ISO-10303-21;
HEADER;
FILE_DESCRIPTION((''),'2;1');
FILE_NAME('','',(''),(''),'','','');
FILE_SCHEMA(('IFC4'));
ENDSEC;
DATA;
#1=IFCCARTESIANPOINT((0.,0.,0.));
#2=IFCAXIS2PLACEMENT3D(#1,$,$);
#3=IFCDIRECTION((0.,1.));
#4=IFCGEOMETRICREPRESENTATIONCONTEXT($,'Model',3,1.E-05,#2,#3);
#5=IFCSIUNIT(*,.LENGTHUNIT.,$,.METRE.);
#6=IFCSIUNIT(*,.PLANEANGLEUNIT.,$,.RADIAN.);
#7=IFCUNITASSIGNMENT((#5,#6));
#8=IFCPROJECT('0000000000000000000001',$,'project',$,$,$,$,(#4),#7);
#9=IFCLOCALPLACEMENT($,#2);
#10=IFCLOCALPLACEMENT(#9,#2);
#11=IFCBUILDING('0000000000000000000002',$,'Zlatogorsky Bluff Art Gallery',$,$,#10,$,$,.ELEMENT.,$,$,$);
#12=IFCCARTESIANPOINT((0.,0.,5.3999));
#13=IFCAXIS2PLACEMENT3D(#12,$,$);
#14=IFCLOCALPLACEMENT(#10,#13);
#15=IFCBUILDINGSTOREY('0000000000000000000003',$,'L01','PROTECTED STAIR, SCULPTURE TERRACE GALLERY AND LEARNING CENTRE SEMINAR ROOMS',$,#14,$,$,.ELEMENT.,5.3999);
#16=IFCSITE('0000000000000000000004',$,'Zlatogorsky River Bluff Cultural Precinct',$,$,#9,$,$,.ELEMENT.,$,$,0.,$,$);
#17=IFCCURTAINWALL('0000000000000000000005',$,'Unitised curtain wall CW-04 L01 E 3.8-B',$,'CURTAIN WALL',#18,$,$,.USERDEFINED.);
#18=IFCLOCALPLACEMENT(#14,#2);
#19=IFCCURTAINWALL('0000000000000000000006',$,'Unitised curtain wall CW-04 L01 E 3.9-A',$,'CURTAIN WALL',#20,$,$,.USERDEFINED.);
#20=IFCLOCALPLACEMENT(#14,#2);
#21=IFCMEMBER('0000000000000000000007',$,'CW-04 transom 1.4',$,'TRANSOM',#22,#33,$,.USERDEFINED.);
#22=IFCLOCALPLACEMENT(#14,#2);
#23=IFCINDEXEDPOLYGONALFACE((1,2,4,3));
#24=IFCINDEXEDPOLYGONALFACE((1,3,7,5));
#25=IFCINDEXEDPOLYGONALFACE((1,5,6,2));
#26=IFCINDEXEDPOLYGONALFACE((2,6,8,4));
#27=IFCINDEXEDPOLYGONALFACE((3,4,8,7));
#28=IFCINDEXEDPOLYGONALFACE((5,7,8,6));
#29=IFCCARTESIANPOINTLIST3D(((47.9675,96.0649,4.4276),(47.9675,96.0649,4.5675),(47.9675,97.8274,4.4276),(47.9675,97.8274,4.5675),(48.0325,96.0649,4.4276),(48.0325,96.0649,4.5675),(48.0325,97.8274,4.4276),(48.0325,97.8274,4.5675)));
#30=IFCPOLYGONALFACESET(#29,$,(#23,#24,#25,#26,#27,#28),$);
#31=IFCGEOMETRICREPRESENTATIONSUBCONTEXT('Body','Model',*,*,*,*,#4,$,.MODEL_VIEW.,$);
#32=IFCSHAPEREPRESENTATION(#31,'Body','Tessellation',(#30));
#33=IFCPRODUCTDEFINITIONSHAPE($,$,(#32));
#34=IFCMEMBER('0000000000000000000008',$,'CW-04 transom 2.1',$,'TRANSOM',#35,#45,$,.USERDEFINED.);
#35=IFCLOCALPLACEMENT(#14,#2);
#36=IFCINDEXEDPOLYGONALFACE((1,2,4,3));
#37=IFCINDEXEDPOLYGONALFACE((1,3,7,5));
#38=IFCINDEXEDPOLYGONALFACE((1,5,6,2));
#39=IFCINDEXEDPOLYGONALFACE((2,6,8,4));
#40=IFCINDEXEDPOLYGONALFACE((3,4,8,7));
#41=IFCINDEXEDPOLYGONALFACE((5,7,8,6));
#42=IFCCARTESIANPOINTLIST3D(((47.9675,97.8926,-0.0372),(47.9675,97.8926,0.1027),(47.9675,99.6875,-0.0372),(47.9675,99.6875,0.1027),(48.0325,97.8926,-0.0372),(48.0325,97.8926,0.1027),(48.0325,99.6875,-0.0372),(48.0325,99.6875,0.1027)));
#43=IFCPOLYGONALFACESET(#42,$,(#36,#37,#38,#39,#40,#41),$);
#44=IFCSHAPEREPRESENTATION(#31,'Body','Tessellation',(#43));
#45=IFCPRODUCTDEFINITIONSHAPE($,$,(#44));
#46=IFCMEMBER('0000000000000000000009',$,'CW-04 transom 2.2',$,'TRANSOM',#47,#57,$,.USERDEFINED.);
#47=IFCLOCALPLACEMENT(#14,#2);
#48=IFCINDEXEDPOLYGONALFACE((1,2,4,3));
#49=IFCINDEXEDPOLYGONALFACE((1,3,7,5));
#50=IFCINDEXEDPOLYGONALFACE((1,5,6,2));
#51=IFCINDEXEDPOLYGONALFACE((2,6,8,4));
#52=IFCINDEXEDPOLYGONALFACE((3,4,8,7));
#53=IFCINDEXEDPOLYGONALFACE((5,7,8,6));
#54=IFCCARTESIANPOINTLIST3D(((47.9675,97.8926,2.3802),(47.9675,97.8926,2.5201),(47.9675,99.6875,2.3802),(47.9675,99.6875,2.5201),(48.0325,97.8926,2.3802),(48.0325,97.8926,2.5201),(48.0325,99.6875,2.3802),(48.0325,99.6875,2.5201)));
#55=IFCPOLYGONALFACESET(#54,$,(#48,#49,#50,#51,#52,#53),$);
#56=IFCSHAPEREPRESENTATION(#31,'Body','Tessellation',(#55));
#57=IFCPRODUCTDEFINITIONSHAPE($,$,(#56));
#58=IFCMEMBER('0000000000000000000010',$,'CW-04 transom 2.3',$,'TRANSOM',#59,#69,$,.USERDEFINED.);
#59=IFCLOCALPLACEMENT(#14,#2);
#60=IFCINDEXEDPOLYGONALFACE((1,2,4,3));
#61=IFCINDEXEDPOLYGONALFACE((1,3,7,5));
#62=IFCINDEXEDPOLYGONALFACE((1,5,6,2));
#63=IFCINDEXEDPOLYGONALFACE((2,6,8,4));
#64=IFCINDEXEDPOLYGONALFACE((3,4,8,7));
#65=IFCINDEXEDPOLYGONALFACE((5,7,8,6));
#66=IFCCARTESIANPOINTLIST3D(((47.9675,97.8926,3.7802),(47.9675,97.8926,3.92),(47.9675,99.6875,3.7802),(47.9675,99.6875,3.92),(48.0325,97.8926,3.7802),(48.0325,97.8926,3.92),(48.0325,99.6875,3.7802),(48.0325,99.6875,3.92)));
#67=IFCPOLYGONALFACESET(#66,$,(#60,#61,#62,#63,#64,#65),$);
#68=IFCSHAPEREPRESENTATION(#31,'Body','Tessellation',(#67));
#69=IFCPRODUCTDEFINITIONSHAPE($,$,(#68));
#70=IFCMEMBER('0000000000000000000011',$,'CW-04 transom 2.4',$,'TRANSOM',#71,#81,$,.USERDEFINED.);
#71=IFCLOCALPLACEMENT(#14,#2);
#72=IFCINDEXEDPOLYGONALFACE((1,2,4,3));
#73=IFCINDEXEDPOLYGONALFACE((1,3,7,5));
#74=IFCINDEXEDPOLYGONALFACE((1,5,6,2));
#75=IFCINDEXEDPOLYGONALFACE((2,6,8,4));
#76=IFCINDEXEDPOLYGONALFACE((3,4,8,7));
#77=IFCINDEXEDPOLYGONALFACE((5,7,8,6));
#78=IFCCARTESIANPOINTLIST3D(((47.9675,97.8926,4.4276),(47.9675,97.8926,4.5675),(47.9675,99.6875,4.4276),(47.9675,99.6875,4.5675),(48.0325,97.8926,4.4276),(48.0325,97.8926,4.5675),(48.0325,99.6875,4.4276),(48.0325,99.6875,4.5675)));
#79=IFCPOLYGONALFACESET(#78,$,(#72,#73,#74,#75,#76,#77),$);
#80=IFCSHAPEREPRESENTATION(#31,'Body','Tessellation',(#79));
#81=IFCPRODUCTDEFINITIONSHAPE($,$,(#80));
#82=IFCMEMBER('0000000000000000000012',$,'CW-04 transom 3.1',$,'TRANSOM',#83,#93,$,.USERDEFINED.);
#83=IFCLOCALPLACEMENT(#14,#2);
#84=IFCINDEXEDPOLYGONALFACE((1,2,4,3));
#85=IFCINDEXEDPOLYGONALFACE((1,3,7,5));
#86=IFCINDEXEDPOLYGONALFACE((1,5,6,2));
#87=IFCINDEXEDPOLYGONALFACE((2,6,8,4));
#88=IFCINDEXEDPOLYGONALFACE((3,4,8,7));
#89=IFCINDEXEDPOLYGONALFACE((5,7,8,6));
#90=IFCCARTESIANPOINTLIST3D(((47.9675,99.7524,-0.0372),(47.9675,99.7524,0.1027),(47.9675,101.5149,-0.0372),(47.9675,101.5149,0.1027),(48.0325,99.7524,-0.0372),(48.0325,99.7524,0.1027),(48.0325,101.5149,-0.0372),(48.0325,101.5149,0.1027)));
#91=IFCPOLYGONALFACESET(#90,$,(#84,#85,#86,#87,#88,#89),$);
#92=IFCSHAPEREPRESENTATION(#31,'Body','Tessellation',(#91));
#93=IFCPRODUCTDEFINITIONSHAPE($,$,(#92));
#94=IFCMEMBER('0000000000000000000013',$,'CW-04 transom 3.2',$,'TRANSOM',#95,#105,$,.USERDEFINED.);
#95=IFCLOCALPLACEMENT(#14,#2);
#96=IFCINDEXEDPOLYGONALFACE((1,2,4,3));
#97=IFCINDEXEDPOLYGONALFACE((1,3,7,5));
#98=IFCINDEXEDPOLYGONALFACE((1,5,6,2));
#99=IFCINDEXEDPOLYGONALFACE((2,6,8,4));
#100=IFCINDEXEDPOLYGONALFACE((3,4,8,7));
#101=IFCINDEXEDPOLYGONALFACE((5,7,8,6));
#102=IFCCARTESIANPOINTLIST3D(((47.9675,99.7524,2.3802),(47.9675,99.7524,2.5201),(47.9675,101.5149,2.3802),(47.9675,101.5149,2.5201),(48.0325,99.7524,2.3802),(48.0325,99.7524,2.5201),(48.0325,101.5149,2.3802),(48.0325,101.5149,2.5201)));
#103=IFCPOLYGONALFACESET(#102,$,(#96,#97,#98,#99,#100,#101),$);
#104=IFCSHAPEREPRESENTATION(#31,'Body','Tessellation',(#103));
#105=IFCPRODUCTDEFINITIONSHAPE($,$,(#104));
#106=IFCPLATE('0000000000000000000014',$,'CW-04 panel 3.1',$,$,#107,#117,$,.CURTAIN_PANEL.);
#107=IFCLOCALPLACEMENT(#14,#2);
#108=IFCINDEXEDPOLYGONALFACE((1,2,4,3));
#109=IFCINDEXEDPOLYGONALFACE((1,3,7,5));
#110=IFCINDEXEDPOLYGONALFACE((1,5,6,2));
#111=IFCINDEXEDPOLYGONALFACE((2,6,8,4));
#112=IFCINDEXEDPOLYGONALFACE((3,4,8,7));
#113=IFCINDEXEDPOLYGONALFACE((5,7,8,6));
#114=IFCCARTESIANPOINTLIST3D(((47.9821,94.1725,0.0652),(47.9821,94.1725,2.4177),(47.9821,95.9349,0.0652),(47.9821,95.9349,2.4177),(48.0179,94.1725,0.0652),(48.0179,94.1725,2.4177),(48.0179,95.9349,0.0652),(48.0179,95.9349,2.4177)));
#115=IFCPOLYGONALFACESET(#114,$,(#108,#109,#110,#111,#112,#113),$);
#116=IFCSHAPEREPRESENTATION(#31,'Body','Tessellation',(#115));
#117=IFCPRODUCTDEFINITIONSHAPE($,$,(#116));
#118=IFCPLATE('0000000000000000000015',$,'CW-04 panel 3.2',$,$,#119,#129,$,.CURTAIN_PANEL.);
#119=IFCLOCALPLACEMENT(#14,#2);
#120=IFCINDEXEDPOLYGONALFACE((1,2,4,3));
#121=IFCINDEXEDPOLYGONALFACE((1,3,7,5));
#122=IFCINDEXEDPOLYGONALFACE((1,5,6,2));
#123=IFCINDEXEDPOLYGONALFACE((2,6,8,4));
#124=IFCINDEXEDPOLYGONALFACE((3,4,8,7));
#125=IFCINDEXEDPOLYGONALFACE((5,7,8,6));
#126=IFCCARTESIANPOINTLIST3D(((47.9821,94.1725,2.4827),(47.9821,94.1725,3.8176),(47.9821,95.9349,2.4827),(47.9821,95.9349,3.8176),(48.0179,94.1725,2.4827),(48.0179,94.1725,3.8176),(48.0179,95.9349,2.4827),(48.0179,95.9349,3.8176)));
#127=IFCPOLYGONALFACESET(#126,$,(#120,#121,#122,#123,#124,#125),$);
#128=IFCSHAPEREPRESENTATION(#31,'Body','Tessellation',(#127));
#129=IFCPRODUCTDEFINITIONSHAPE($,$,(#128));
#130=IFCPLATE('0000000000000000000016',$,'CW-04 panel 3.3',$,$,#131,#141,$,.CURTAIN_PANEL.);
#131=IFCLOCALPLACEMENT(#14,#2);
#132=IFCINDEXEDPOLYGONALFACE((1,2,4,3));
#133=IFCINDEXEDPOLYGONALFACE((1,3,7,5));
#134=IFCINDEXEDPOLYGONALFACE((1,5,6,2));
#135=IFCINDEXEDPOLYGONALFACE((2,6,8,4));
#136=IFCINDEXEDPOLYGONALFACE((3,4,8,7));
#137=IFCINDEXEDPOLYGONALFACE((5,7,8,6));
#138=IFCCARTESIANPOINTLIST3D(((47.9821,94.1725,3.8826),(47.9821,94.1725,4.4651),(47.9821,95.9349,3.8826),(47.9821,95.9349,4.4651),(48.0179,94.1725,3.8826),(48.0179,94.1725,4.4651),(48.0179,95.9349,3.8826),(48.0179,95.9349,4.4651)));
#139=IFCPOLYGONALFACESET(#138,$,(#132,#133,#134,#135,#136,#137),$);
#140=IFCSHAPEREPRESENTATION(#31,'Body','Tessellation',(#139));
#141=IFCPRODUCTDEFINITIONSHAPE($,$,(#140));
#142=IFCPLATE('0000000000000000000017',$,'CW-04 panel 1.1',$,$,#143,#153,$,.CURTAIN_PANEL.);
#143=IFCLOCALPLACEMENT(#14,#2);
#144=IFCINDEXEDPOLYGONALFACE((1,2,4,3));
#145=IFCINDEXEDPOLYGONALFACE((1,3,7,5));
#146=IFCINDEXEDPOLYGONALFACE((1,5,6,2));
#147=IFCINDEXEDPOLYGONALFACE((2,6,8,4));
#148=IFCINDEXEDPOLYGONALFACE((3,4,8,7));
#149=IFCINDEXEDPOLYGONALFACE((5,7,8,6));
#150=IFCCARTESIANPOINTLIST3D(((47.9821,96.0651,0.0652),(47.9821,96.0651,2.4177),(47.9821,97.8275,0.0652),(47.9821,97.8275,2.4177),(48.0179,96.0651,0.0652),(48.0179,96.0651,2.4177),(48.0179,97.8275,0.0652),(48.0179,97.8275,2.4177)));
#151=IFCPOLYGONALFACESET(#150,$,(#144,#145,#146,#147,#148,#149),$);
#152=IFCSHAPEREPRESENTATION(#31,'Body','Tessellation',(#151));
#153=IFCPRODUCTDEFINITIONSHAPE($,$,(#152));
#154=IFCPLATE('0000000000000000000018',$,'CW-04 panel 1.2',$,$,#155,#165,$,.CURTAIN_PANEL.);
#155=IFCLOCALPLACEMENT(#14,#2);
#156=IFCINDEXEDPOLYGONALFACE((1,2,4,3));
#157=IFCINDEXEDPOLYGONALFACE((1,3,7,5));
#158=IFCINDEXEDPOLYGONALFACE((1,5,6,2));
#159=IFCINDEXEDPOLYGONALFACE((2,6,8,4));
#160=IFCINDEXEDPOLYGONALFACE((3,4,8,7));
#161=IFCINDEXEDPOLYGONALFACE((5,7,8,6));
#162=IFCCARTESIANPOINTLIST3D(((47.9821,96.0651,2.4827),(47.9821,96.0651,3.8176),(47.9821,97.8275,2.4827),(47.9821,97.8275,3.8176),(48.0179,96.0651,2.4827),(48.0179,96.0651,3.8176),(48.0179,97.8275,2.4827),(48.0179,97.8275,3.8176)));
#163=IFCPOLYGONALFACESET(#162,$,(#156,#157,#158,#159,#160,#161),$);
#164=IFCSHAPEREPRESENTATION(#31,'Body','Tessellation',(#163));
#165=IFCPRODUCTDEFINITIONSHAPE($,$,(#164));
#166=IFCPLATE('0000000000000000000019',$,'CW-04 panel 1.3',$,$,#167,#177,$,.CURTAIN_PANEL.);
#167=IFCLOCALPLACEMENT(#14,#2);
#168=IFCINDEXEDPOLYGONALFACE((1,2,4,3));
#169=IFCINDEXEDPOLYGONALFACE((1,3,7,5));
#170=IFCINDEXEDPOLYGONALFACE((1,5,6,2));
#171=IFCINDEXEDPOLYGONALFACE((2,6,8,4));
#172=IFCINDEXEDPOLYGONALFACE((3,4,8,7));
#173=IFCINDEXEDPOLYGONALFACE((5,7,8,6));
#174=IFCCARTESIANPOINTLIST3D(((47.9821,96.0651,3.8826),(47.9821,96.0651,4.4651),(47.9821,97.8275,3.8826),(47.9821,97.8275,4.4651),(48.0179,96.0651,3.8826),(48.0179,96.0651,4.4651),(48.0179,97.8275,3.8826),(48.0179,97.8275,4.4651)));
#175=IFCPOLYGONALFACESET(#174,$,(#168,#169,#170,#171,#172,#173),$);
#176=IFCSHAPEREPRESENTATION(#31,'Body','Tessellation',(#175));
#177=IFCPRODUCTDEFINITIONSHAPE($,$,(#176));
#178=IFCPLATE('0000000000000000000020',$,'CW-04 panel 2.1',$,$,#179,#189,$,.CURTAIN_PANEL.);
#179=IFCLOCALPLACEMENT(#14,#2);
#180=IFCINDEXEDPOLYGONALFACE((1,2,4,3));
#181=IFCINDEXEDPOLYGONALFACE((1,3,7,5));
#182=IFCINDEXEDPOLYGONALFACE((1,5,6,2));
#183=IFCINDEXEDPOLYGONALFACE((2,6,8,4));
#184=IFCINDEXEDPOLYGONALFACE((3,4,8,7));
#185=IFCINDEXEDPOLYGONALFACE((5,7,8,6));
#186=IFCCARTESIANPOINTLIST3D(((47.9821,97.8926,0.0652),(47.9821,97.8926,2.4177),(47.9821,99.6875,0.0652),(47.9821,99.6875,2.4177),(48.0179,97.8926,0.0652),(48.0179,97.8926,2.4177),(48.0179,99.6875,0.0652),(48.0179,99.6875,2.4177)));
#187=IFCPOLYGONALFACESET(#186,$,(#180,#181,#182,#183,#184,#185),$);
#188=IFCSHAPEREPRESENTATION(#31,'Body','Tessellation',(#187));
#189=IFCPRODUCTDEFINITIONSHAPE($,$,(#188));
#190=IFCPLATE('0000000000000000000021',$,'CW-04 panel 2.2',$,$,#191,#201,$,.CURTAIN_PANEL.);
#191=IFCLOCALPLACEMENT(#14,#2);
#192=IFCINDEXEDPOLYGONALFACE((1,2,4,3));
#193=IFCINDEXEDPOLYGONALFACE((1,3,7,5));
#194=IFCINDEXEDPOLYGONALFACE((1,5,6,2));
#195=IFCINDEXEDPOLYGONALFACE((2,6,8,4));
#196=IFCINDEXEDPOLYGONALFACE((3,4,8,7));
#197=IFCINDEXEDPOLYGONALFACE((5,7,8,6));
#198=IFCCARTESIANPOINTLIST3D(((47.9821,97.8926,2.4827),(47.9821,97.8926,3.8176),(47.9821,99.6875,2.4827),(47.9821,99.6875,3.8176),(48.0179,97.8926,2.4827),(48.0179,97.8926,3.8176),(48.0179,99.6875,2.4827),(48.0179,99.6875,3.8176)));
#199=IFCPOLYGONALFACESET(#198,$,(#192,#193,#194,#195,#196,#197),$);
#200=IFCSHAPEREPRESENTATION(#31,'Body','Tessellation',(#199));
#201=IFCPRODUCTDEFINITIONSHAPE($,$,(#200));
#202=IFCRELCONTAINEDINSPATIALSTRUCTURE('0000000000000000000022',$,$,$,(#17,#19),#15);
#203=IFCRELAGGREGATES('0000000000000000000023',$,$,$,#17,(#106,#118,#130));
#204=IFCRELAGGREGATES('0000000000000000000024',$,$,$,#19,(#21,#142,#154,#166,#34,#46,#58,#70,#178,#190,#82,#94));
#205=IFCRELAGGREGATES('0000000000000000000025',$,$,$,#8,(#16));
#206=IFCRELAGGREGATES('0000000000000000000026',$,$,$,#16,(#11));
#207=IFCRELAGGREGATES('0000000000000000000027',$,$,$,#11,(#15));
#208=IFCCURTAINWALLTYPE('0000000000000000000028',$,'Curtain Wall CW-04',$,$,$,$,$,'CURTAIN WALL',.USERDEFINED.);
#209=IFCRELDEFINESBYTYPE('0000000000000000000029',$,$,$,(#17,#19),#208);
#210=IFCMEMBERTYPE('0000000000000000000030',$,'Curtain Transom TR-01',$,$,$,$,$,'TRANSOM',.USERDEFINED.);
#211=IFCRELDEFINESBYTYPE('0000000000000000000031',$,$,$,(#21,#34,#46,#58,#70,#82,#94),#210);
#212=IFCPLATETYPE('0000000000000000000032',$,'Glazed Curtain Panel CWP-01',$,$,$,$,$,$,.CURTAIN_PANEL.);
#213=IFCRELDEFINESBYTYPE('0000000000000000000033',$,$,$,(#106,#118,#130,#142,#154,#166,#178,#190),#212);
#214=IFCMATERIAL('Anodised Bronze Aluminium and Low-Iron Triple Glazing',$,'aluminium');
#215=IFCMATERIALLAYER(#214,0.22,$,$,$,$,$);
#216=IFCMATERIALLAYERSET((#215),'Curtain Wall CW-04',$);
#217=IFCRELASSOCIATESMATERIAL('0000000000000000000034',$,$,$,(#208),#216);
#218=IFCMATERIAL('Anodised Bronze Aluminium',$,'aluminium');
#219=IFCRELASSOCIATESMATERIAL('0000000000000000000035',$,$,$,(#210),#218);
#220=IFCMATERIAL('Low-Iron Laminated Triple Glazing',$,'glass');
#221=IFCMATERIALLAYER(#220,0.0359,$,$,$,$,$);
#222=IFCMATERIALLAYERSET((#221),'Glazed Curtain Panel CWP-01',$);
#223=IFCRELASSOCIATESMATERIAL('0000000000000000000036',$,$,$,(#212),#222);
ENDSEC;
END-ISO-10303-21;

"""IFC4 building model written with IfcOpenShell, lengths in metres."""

from ifc_helpers import new_model, si_unit, direction, frame, origin, origin_2d, place, context, subcontext, project, spatial, rectangle, extrude, material, layer, layer_set, material_profile, profile_set, type_object, element, aggregate, save


model = new_model("IFC4")

# Units and contexts
model_context = context("Model", 3, precision=1e-05, world=origin(), true_north=direction((0.0, 1.0)))
body_context = subcontext(model_context, "Body", "Model", "MODEL_VIEW")
ifc_project = project(units=[si_unit("LENGTHUNIT", "METRE"), si_unit("PLANEANGLEUNIT", "RADIAN")], contexts=[model_context])

# Site, building, storey
site_placement = place(None, origin())
site = spatial("IfcSite", under=ifc_project, at=site_placement, Name="Zlatogorsky River Bluff Cultural Precinct", CompositionType="ELEMENT", RefElevation=0.0)
building_placement = place(site_placement, origin())
building = spatial("IfcBuilding", under=site, at=building_placement, Name="Zlatogorsky Bluff Art Gallery", CompositionType="ELEMENT")
storey_placement = place(building_placement, frame((0.0, 0.0, 5.3999)))
storey = spatial("IfcBuildingStorey", under=building, at=storey_placement, Name="L01", Description="PROTECTED STAIR, SCULPTURE TERRACE GALLERY AND LEARNING CENTRE SEMINAR ROOMS", CompositionType="ELEMENT", Elevation=5.3999)

# Curtain wall
ifc_material_1 = material(Name="Anodised Bronze Aluminium and Low-Iron Triple Glazing", Category="aluminium")
ifc_layer_1 = layer(ifc_material_1, 0.22)
ifc_layer_set_1 = layer_set([ifc_layer_1], Name="Curtain Wall CW-04")
curtain_wall_type = type_object("IfcCurtainWallType", Name="Curtain Wall CW-04", ElementType="CURTAIN WALL", PredefinedType="USERDEFINED", material=ifc_layer_set_1)
curtain_wall_1_placement = place(storey_placement, origin())
curtain_wall_1 = element("IfcCurtainWall", 1, at=curtain_wall_1_placement, inside=storey, type_object=curtain_wall_type, Name="Unitised curtain wall CW-04 L01 E 3.8-B", ObjectType="CURTAIN WALL", PredefinedType="USERDEFINED")
ifc_material_2 = material(Name="Anodised Bronze Aluminium", Category="aluminium")

# Curtain wall, members
curtain_wall_2_placement = place(storey_placement, origin())
curtain_wall_2 = element("IfcCurtainWall", 2, at=curtain_wall_2_placement, inside=storey, type_object=curtain_wall_type, Name="Unitised curtain wall CW-04 L01 E 3.9-A", ObjectType="CURTAIN WALL", PredefinedType="USERDEFINED")
ifc_material_profile_1 = material_profile(ifc_material_2, rectangle(XDim=0.0649, YDim=0.1399, at=origin_2d()), Name="ALU TRANSOM 65x140")
ifc_profile_set_1 = profile_set([ifc_material_profile_1], Name="Anodised Bronze Aluminium")
member_type_1 = type_object("IfcMemberType", Name="Curtain Transom TR-01", ElementType="TRANSOM", PredefinedType="USERDEFINED", material=ifc_profile_set_1)
member_1_placement = place(storey_placement, frame((48.0, 96.0649, 4.4976), z_axis=(0.0, 1.0, 0.0), x_axis=(-1.0, 0.0, 0.0)))
member_1 = element("IfcMember", 3, at=member_1_placement, type_object=member_type_1, Name="CW-04 transom 1.4", ObjectType="TRANSOM", PredefinedType="USERDEFINED", context=body_context, shape_type="SweptSolid", body=[
    extrude(rectangle(XDim=0.0649, YDim=0.1399, at=origin_2d()), origin(), (0.0, 0.0, 1.0), 1.7625),
])
member_2_placement = place(storey_placement, frame((48.0, 97.8926, 0.0327), z_axis=(0.0, 1.0, 0.0), x_axis=(-1.0, 0.0, 0.0)))
member_2 = element("IfcMember", 4, at=member_2_placement, type_object=member_type_1, Name="CW-04 transom 2.1", ObjectType="TRANSOM", PredefinedType="USERDEFINED", context=body_context, shape_type="SweptSolid", body=[
    extrude(rectangle(XDim=0.0649, YDim=0.1399, at=origin_2d()), origin(), (0.0, 0.0, 1.0), 1.7949),
])
member_3_placement = place(storey_placement, frame((48.0, 97.8926, 2.4502), z_axis=(0.0, 1.0, 0.0), x_axis=(-1.0, 0.0, 0.0)))
member_3 = element("IfcMember", 5, at=member_3_placement, type_object=member_type_1, Name="CW-04 transom 2.2", ObjectType="TRANSOM", PredefinedType="USERDEFINED", context=body_context, shape_type="SweptSolid", body=[
    extrude(rectangle(XDim=0.0649, YDim=0.1399, at=origin_2d()), origin(), (0.0, 0.0, 1.0), 1.7949),
])
member_4_placement = place(storey_placement, frame((48.0, 97.8926, 3.8501), z_axis=(0.0, 1.0, 0.0), x_axis=(-1.0, 0.0, 0.0)))
member_4 = element("IfcMember", 6, at=member_4_placement, type_object=member_type_1, Name="CW-04 transom 2.3", ObjectType="TRANSOM", PredefinedType="USERDEFINED", context=body_context, shape_type="SweptSolid", body=[
    extrude(rectangle(XDim=0.0649, YDim=0.1399, at=origin_2d()), origin(), (0.0, 0.0, 1.0), 1.7949),
])
member_5_placement = place(storey_placement, frame((48.0, 97.8926, 4.4976), z_axis=(0.0, 1.0, 0.0), x_axis=(-1.0, 0.0, 0.0)))
member_5 = element("IfcMember", 7, at=member_5_placement, type_object=member_type_1, Name="CW-04 transom 2.4", ObjectType="TRANSOM", PredefinedType="USERDEFINED", context=body_context, shape_type="SweptSolid", body=[
    extrude(rectangle(XDim=0.0649, YDim=0.1399, at=origin_2d()), origin(), (0.0, 0.0, 1.0), 1.7949),
])
member_6_placement = place(storey_placement, frame((48.0, 99.7524, 0.0327), z_axis=(0.0, 1.0, 0.0), x_axis=(-1.0, 0.0, 0.0)))
member_6 = element("IfcMember", 8, at=member_6_placement, type_object=member_type_1, Name="CW-04 transom 3.1", ObjectType="TRANSOM", PredefinedType="USERDEFINED", context=body_context, shape_type="SweptSolid", body=[
    extrude(rectangle(XDim=0.0649, YDim=0.1399, at=origin_2d()), origin(), (0.0, 0.0, 1.0), 1.7625),
])
member_7_placement = place(storey_placement, frame((48.0, 99.7524, 2.4502), z_axis=(0.0, 1.0, 0.0), x_axis=(-1.0, 0.0, 0.0)))
member_7 = element("IfcMember", 9, at=member_7_placement, type_object=member_type_1, Name="CW-04 transom 3.2", ObjectType="TRANSOM", PredefinedType="USERDEFINED", context=body_context, shape_type="SweptSolid", body=[
    extrude(rectangle(XDim=0.0649, YDim=0.1399, at=origin_2d()), origin(), (0.0, 0.0, 1.0), 1.7625),
])

# Plates
ifc_material_3 = material(Name="Low-Iron Laminated Triple Glazing", Category="glass")
ifc_layer_2 = layer(ifc_material_3, 0.0359)
ifc_layer_set_2 = layer_set([ifc_layer_2], Name="Glazed Curtain Panel CWP-01")
plate_type = type_object("IfcPlateType", Name="Glazed Curtain Panel CWP-01", PredefinedType="CURTAIN_PANEL", material=ifc_layer_set_2)
plate_1_placement = place(storey_placement, frame((48.0, 95.0537, 0.0652), z_axis=(0.0, 0.0, 1.0), x_axis=(0.0, 1.0, 0.0)))
plate_1 = element("IfcPlate", 10, at=plate_1_placement, type_object=plate_type, Name="CW-04 panel 3.1", PredefinedType="CURTAIN_PANEL", context=body_context, shape_type="SweptSolid", body=[
    extrude(rectangle(XDim=1.7625, YDim=0.0359, at=origin_2d()), origin(), (0.0, 0.0, 1.0), 2.3525),
])
plate_2_placement = place(storey_placement, frame((48.0, 95.0537, 2.4827), z_axis=(0.0, 0.0, 1.0), x_axis=(0.0, 1.0, 0.0)))
plate_2 = element("IfcPlate", 11, at=plate_2_placement, type_object=plate_type, Name="CW-04 panel 3.2", PredefinedType="CURTAIN_PANEL", context=body_context, shape_type="SweptSolid", body=[
    extrude(rectangle(XDim=1.7625, YDim=0.0359, at=origin_2d()), origin(), (0.0, 0.0, 1.0), 1.335),
])
plate_3_placement = place(storey_placement, frame((48.0, 95.0537, 3.8826), z_axis=(0.0, 0.0, 1.0), x_axis=(0.0, 1.0, 0.0)))
plate_3 = element("IfcPlate", 12, at=plate_3_placement, type_object=plate_type, Name="CW-04 panel 3.3", PredefinedType="CURTAIN_PANEL", context=body_context, shape_type="SweptSolid", body=[
    extrude(rectangle(XDim=1.7625, YDim=0.0359, at=origin_2d()), origin(), (0.0, 0.0, 1.0), 0.5825),
])
aggregate(curtain_wall_1, [plate_1, plate_2, plate_3])
plate_4_placement = place(storey_placement, frame((48.0, 96.9463, 0.0652), z_axis=(0.0, 0.0, 1.0), x_axis=(0.0, 1.0, 0.0)))
plate_4 = element("IfcPlate", 13, at=plate_4_placement, type_object=plate_type, Name="CW-04 panel 1.1", PredefinedType="CURTAIN_PANEL", context=body_context, shape_type="SweptSolid", body=[
    extrude(rectangle(XDim=1.7625, YDim=0.0359, at=origin_2d()), origin(), (0.0, 0.0, 1.0), 2.3525),
])
plate_5_placement = place(storey_placement, frame((48.0, 96.9463, 2.4827), z_axis=(0.0, 0.0, 1.0), x_axis=(0.0, 1.0, 0.0)))
plate_5 = element("IfcPlate", 14, at=plate_5_placement, type_object=plate_type, Name="CW-04 panel 1.2", PredefinedType="CURTAIN_PANEL", context=body_context, shape_type="SweptSolid", body=[
    extrude(rectangle(XDim=1.7625, YDim=0.0359, at=origin_2d()), origin(), (0.0, 0.0, 1.0), 1.335),
])
plate_6_placement = place(storey_placement, frame((48.0, 96.9463, 3.8826), z_axis=(0.0, 0.0, 1.0), x_axis=(0.0, 1.0, 0.0)))
plate_6 = element("IfcPlate", 15, at=plate_6_placement, type_object=plate_type, Name="CW-04 panel 1.3", PredefinedType="CURTAIN_PANEL", context=body_context, shape_type="SweptSolid", body=[
    extrude(rectangle(XDim=1.7625, YDim=0.0359, at=origin_2d()), origin(), (0.0, 0.0, 1.0), 0.5825),
])
plate_7_placement = place(storey_placement, frame((48.0, 98.79, 0.0652), z_axis=(0.0, 0.0, 1.0), x_axis=(0.0, 1.0, 0.0)))
plate_7 = element("IfcPlate", 16, at=plate_7_placement, type_object=plate_type, Name="CW-04 panel 2.1", PredefinedType="CURTAIN_PANEL", context=body_context, shape_type="SweptSolid", body=[
    extrude(rectangle(XDim=1.7949, YDim=0.0359, at=origin_2d()), origin(), (0.0, 0.0, 1.0), 2.3525),
])
plate_8_placement = place(storey_placement, frame((48.0, 98.79, 2.4827), z_axis=(0.0, 0.0, 1.0), x_axis=(0.0, 1.0, 0.0)))
plate_8 = element("IfcPlate", 17, at=plate_8_placement, type_object=plate_type, Name="CW-04 panel 2.2", PredefinedType="CURTAIN_PANEL", context=body_context, shape_type="SweptSolid", body=[
    extrude(rectangle(XDim=1.7949, YDim=0.0359, at=origin_2d()), origin(), (0.0, 0.0, 1.0), 1.335),
])
aggregate(curtain_wall_2, [member_1, plate_4, plate_5, plate_6, member_2, member_3, member_4, member_5, plate_7, plate_8, member_6, member_7])

save(model, "model.ifc")
